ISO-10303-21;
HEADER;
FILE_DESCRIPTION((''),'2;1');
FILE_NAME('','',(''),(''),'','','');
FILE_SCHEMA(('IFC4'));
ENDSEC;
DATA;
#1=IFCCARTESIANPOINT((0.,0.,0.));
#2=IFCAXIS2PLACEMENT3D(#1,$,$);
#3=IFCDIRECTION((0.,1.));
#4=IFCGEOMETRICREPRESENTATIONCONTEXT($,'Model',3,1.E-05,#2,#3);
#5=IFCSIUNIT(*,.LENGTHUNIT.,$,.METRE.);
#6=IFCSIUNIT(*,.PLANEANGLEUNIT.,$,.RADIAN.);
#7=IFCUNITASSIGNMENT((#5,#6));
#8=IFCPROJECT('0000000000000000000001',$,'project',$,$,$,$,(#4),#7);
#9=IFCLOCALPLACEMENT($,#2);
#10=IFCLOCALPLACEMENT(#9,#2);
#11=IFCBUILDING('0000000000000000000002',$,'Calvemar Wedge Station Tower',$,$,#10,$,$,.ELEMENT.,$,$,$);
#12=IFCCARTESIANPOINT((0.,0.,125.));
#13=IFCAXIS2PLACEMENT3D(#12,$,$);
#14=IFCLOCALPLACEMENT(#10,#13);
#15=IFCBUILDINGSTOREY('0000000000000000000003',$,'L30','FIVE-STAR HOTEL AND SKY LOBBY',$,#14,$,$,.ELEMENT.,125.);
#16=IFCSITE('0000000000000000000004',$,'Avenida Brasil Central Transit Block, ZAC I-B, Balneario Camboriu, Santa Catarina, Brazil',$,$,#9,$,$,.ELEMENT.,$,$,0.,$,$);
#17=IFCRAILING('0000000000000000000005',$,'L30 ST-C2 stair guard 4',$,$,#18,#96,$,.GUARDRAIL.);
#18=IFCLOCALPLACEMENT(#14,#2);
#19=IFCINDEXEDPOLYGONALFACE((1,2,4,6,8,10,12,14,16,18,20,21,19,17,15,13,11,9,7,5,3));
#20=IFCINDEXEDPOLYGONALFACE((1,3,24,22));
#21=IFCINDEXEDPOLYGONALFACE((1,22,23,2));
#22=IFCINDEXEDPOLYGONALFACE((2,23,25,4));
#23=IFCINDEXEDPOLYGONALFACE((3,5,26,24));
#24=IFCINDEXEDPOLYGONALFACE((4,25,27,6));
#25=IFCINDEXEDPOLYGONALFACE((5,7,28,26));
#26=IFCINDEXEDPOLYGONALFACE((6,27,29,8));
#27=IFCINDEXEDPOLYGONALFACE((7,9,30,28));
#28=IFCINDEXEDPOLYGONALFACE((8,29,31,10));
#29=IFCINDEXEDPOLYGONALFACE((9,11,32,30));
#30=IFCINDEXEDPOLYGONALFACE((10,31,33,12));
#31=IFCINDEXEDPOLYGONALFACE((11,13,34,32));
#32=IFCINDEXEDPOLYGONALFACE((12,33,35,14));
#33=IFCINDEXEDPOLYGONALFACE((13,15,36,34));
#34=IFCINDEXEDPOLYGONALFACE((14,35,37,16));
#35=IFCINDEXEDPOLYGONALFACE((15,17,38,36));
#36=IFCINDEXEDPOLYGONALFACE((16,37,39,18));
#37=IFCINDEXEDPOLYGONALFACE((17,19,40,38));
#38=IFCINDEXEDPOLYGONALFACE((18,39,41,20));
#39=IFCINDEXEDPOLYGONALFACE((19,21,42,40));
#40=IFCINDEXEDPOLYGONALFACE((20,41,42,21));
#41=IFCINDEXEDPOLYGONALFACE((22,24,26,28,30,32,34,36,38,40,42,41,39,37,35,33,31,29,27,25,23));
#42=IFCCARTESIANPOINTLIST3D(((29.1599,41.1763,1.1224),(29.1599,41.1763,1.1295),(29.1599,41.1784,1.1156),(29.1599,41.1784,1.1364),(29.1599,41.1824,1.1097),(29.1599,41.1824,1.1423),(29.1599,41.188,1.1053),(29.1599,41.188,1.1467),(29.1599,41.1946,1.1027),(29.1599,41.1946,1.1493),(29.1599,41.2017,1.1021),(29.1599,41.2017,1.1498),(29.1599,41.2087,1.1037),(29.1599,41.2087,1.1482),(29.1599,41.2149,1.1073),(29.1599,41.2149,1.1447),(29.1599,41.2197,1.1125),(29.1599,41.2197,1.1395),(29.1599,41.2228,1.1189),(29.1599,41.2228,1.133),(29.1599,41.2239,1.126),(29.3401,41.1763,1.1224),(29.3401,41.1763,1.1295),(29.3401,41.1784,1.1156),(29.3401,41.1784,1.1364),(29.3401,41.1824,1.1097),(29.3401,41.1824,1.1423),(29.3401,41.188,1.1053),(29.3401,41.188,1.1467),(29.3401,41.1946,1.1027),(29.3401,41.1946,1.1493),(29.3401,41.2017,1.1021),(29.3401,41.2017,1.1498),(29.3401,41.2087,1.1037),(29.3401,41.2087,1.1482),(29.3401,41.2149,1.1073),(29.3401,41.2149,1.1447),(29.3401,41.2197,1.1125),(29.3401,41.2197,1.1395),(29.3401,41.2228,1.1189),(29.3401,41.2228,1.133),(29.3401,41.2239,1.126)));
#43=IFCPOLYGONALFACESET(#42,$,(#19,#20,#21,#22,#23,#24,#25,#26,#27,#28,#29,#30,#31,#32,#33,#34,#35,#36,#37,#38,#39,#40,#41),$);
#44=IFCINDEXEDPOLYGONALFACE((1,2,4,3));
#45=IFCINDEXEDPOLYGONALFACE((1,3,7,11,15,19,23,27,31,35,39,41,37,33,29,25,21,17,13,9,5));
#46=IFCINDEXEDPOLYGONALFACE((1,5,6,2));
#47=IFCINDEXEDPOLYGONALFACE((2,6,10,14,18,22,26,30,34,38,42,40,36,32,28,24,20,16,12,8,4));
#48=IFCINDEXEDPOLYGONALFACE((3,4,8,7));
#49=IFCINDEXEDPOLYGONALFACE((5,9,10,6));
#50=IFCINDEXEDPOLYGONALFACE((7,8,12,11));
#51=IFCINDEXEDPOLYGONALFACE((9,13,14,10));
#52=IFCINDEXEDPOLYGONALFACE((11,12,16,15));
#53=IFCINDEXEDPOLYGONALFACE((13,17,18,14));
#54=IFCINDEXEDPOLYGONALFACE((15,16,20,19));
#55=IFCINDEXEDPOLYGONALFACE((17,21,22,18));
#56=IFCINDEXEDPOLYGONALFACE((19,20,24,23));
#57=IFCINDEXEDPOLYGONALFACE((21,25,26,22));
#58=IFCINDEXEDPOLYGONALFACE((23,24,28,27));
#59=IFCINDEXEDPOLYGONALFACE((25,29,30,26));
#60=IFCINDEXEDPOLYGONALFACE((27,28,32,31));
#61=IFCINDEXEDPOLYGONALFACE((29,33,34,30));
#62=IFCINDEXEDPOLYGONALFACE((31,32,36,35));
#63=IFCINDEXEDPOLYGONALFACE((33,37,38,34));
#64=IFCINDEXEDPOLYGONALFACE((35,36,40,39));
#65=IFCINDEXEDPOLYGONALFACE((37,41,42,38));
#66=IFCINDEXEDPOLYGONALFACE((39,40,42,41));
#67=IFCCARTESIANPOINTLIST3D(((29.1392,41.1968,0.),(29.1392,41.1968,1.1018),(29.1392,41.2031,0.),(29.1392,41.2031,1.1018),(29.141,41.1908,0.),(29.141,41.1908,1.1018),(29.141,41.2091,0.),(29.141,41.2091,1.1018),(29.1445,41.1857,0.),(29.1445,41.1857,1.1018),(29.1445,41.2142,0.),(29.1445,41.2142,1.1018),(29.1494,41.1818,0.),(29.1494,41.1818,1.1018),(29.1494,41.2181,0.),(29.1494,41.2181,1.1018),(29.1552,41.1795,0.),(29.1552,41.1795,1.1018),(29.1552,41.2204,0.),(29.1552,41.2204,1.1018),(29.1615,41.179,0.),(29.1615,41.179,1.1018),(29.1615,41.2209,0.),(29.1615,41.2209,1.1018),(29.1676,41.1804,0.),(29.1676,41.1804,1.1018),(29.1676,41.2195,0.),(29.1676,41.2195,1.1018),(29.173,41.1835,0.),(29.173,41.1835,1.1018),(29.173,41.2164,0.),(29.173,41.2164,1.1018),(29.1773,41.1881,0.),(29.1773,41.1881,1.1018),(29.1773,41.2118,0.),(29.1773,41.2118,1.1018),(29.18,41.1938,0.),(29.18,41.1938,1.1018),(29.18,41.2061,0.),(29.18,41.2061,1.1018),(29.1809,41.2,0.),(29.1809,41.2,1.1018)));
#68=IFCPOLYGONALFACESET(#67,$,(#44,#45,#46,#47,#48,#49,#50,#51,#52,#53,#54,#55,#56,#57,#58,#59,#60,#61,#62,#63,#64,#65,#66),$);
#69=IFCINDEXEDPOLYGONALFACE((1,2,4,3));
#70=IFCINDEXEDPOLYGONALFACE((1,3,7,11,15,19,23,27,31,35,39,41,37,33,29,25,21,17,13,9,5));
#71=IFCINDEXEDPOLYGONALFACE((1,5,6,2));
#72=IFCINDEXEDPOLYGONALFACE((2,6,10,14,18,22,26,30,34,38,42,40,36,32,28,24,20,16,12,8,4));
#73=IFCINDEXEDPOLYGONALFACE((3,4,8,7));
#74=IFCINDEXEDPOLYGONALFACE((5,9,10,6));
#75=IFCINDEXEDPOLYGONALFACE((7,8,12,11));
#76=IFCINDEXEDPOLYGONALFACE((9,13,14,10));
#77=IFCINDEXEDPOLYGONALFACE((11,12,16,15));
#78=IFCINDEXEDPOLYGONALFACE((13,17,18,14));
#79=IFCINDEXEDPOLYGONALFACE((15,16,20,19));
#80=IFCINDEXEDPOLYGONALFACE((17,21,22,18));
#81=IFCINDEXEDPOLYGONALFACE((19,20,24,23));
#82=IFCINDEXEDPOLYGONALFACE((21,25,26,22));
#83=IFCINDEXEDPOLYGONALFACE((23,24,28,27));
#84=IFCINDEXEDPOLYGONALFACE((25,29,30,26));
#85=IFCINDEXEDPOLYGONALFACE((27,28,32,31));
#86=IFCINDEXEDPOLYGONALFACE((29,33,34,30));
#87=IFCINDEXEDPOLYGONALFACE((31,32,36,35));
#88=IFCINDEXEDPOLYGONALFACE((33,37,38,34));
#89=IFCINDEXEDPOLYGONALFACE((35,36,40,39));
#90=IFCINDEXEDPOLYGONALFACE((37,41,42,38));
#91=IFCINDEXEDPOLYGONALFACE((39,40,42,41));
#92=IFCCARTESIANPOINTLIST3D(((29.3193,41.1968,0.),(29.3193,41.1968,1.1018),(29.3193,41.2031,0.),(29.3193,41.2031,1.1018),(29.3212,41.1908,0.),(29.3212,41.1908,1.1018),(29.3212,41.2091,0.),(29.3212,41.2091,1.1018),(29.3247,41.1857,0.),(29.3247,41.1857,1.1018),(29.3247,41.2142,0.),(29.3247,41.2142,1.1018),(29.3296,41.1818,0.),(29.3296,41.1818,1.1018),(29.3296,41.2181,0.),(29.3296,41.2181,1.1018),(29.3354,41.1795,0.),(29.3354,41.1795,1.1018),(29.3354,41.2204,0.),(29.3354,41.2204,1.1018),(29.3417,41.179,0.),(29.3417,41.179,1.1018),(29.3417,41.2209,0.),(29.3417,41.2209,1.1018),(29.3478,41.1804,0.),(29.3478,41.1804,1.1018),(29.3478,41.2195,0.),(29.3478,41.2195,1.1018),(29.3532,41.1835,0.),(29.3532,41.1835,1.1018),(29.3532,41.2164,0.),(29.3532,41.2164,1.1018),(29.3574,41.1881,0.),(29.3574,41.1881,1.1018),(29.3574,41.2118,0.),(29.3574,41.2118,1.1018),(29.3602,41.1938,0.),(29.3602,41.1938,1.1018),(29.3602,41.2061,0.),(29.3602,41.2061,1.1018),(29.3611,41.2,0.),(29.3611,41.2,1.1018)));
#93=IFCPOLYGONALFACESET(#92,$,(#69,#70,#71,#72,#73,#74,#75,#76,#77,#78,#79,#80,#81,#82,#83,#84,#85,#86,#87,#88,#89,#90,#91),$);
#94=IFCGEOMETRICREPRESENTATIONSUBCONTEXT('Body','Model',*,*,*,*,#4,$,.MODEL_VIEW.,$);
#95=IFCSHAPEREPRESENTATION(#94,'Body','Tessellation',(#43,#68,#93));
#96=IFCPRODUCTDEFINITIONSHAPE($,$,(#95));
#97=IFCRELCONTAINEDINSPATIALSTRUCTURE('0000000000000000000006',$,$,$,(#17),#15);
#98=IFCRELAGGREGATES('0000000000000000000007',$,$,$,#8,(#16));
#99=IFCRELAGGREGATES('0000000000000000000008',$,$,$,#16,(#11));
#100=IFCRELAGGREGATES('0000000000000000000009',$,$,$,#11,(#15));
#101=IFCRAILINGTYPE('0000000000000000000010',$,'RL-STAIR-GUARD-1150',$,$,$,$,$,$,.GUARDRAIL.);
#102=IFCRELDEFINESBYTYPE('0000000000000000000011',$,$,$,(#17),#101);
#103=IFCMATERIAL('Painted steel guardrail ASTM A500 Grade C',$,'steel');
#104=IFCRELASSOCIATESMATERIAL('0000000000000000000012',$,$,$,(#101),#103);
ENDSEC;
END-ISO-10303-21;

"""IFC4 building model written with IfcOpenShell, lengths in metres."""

from ifc_helpers import new_model, si_unit, direction, frame, origin, origin_2d, place, context, subcontext, project, spatial, circle, extrude, material, type_object, element, save


model = new_model("IFC4")

# Units and contexts
model_context = context("Model", 3, precision=1e-05, world=origin(), true_north=direction((0.0, 1.0)))
body_context = subcontext(model_context, "Body", "Model", "MODEL_VIEW")
ifc_project = project(units=[si_unit("LENGTHUNIT", "METRE"), si_unit("PLANEANGLEUNIT", "RADIAN")], contexts=[model_context])

# Site, building, storey
site_placement = place(None, origin())
site = spatial("IfcSite", under=ifc_project, at=site_placement, Name="Avenida Brasil Central Transit Block, ZAC I-B, Balneario Camboriu, Santa Catarina, Brazil", CompositionType="ELEMENT", RefElevation=0.0)
building_placement = place(site_placement, origin())
building = spatial("IfcBuilding", under=site, at=building_placement, Name="Calvemar Wedge Station Tower", CompositionType="ELEMENT")
storey_placement = place(building_placement, frame((0.0, 0.0, 125.0)))
storey = spatial("IfcBuildingStorey", under=building, at=storey_placement, Name="L30", Description="FIVE-STAR HOTEL AND SKY LOBBY", CompositionType="ELEMENT", Elevation=125.0)

# Railing
ifc_material_1 = material(Name="Painted steel guardrail ASTM A500 Grade C", Category="steel")
railing_type_1 = type_object("IfcRailingType", Name="RL-STAIR-GUARD-1150", PredefinedType="GUARDRAIL", material=ifc_material_1)
railing_1_placement = place(storey_placement, frame((29.1599, 41.2, 0.0)))
element("IfcRailing", 1, at=railing_1_placement, inside=storey, type_object=railing_type_1, Name="L30 ST-C2 stair guard 4", PredefinedType="GUARDRAIL", context=body_context, shape_type="SweptSolid", body=[
    extrude(circle(Radius=0.0239, at=origin_2d()), frame((0.0, 0.0, 1.126), z_axis=(1.0, 0.0, 0.0), x_axis=(0.0, 1.0, 0.0)), (0.0, 0.0, 1.0), 0.1802),
    extrude(circle(Radius=0.021, at=origin_2d()), origin(), (0.0, 0.0, 1.0), 1.1018),
    extrude(circle(Radius=0.021, at=origin_2d()), frame((0.1802, 0.0, 0.0)), (0.0, 0.0, 1.0), 1.1018),
])

save(model, "model.ifc")
